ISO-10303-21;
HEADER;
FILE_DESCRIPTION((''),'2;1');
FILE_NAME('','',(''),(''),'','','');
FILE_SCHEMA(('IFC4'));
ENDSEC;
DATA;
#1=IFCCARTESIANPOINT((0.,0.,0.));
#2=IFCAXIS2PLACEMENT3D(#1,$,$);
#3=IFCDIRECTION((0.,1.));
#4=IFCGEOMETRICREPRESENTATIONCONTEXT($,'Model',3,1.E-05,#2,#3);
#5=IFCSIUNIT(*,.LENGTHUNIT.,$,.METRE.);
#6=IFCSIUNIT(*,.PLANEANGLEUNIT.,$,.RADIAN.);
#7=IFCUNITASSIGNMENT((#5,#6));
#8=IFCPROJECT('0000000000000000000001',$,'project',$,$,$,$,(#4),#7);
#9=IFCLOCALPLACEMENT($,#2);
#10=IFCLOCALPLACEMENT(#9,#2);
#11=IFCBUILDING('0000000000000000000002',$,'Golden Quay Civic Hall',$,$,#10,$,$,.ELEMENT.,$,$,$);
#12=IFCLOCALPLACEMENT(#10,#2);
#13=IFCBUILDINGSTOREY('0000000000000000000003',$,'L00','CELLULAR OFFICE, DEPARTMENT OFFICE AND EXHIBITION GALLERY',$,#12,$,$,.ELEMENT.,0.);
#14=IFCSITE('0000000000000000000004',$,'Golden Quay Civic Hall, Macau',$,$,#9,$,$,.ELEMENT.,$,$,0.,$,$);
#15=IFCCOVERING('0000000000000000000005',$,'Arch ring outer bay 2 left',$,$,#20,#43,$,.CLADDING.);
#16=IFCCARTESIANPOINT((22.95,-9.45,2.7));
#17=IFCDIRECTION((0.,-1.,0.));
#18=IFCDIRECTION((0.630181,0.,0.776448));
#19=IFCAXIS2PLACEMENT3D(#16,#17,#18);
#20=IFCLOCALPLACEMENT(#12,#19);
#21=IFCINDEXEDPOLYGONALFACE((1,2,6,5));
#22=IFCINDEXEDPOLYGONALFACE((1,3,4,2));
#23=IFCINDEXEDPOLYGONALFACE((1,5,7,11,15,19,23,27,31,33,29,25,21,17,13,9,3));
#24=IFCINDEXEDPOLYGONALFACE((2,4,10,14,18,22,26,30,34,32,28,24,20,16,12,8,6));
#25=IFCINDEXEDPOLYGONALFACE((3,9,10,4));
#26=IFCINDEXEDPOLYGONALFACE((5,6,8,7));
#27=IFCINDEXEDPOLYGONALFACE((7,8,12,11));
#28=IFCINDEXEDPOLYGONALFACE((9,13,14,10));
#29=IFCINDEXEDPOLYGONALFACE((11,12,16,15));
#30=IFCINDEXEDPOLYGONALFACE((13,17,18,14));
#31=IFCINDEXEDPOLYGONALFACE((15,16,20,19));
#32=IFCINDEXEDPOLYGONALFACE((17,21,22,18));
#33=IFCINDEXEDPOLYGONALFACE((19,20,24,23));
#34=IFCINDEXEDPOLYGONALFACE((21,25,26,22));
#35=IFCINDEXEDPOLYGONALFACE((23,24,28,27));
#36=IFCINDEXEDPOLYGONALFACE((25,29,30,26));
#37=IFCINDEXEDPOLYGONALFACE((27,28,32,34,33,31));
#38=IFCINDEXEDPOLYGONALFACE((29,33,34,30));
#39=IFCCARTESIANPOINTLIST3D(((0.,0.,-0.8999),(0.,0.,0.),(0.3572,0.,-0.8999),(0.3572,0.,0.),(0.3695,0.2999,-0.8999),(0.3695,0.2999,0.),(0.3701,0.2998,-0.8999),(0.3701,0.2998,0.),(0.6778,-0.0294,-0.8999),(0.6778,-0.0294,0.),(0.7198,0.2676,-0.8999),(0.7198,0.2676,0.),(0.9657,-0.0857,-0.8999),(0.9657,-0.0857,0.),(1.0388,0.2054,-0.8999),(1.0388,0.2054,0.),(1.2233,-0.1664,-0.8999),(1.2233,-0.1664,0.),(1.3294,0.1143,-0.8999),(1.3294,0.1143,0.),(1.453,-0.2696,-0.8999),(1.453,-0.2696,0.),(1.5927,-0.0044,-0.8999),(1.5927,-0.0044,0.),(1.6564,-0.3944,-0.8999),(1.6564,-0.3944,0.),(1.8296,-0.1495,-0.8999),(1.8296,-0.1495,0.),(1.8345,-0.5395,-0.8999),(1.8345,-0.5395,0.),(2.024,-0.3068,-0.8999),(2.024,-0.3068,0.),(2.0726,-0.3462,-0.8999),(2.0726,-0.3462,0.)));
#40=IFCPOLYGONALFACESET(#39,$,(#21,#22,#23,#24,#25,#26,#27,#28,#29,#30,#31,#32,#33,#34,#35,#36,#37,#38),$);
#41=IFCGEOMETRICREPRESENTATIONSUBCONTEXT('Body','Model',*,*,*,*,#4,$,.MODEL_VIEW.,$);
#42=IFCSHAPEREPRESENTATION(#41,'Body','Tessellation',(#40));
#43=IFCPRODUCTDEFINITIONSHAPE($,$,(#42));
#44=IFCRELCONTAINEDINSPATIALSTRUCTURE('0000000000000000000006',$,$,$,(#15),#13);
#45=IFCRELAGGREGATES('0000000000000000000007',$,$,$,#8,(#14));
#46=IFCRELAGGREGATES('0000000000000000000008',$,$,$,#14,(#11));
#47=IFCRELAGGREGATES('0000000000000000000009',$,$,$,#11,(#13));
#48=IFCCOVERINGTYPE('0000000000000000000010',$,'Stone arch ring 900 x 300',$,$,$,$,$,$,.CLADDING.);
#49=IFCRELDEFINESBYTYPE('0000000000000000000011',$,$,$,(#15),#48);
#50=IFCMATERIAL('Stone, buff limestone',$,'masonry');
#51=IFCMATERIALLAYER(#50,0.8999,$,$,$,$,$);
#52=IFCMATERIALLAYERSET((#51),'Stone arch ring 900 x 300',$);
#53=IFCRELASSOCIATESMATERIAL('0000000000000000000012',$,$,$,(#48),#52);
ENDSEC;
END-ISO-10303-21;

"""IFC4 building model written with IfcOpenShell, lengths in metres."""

from ifc_helpers import new_model, si_unit, direction, frame, origin, place, context, subcontext, project, spatial, polyline, outline, extrude, material, layer, layer_set, type_object, element, save


model = new_model("IFC4")

# Units and contexts
model_context = context("Model", 3, precision=1e-05, world=origin(), true_north=direction((0.0, 1.0)))
body_context = subcontext(model_context, "Body", "Model", "MODEL_VIEW")
ifc_project = project(units=[si_unit("LENGTHUNIT", "METRE"), si_unit("PLANEANGLEUNIT", "RADIAN")], contexts=[model_context])

# Site, building, storey
site_placement = place(None, origin())
site = spatial("IfcSite", under=ifc_project, at=site_placement, Name="Golden Quay Civic Hall, Macau", CompositionType="ELEMENT", RefElevation=0.0)
building_placement = place(site_placement, origin())
building = spatial("IfcBuilding", under=site, at=building_placement, Name="Golden Quay Civic Hall", CompositionType="ELEMENT")
storey_placement = place(building_placement, origin())
storey = spatial("IfcBuildingStorey", under=building, at=storey_placement, Name="L00", Description="CELLULAR OFFICE, DEPARTMENT OFFICE AND EXHIBITION GALLERY", CompositionType="ELEMENT", Elevation=0.0)

# Covering
ifc_material_1 = material(Name="Stone, buff limestone", Category="masonry")
ifc_layer_1 = layer(ifc_material_1, 0.8999)
ifc_layer_set_1 = layer_set([ifc_layer_1], Name="Stone arch ring 900 x 300")
covering_type_1 = type_object("IfcCoveringType", Name="Stone arch ring 900 x 300", PredefinedType="CLADDING", material=ifc_layer_set_1)
covering_1_placement = place(storey_placement, frame((22.95, -9.45, 2.7), z_axis=(0.0, -1.0, 0.0), x_axis=(0.630181, 0.0, 0.776448)))
element("IfcCovering", 1, at=covering_1_placement, inside=storey, type_object=covering_type_1, Name="Arch ring outer bay 2 left", PredefinedType="CLADDING", context=body_context, shape_type="SweptSolid", body=[
    extrude(outline(polyline([(0.0, 0.0), (0.3572, 0.0), (0.6778, -0.0294), (0.9657, -0.0857), (1.2233, -0.1664), (1.453, -0.2696), (1.6564, -0.3944), (1.8345, -0.5395), (2.0726, -0.3462), (2.024, -0.3068), (1.8296, -0.1495), (1.5927, -0.0044), (1.3294, 0.1143), (1.0388, 0.2054), (0.7198, 0.2676), (0.3701, 0.2998), (0.3695, 0.2999), (0.0, 0.0)])), origin(), (0.0, 0.0, -1.0), 0.8999),
])

save(model, "model.ifc")
